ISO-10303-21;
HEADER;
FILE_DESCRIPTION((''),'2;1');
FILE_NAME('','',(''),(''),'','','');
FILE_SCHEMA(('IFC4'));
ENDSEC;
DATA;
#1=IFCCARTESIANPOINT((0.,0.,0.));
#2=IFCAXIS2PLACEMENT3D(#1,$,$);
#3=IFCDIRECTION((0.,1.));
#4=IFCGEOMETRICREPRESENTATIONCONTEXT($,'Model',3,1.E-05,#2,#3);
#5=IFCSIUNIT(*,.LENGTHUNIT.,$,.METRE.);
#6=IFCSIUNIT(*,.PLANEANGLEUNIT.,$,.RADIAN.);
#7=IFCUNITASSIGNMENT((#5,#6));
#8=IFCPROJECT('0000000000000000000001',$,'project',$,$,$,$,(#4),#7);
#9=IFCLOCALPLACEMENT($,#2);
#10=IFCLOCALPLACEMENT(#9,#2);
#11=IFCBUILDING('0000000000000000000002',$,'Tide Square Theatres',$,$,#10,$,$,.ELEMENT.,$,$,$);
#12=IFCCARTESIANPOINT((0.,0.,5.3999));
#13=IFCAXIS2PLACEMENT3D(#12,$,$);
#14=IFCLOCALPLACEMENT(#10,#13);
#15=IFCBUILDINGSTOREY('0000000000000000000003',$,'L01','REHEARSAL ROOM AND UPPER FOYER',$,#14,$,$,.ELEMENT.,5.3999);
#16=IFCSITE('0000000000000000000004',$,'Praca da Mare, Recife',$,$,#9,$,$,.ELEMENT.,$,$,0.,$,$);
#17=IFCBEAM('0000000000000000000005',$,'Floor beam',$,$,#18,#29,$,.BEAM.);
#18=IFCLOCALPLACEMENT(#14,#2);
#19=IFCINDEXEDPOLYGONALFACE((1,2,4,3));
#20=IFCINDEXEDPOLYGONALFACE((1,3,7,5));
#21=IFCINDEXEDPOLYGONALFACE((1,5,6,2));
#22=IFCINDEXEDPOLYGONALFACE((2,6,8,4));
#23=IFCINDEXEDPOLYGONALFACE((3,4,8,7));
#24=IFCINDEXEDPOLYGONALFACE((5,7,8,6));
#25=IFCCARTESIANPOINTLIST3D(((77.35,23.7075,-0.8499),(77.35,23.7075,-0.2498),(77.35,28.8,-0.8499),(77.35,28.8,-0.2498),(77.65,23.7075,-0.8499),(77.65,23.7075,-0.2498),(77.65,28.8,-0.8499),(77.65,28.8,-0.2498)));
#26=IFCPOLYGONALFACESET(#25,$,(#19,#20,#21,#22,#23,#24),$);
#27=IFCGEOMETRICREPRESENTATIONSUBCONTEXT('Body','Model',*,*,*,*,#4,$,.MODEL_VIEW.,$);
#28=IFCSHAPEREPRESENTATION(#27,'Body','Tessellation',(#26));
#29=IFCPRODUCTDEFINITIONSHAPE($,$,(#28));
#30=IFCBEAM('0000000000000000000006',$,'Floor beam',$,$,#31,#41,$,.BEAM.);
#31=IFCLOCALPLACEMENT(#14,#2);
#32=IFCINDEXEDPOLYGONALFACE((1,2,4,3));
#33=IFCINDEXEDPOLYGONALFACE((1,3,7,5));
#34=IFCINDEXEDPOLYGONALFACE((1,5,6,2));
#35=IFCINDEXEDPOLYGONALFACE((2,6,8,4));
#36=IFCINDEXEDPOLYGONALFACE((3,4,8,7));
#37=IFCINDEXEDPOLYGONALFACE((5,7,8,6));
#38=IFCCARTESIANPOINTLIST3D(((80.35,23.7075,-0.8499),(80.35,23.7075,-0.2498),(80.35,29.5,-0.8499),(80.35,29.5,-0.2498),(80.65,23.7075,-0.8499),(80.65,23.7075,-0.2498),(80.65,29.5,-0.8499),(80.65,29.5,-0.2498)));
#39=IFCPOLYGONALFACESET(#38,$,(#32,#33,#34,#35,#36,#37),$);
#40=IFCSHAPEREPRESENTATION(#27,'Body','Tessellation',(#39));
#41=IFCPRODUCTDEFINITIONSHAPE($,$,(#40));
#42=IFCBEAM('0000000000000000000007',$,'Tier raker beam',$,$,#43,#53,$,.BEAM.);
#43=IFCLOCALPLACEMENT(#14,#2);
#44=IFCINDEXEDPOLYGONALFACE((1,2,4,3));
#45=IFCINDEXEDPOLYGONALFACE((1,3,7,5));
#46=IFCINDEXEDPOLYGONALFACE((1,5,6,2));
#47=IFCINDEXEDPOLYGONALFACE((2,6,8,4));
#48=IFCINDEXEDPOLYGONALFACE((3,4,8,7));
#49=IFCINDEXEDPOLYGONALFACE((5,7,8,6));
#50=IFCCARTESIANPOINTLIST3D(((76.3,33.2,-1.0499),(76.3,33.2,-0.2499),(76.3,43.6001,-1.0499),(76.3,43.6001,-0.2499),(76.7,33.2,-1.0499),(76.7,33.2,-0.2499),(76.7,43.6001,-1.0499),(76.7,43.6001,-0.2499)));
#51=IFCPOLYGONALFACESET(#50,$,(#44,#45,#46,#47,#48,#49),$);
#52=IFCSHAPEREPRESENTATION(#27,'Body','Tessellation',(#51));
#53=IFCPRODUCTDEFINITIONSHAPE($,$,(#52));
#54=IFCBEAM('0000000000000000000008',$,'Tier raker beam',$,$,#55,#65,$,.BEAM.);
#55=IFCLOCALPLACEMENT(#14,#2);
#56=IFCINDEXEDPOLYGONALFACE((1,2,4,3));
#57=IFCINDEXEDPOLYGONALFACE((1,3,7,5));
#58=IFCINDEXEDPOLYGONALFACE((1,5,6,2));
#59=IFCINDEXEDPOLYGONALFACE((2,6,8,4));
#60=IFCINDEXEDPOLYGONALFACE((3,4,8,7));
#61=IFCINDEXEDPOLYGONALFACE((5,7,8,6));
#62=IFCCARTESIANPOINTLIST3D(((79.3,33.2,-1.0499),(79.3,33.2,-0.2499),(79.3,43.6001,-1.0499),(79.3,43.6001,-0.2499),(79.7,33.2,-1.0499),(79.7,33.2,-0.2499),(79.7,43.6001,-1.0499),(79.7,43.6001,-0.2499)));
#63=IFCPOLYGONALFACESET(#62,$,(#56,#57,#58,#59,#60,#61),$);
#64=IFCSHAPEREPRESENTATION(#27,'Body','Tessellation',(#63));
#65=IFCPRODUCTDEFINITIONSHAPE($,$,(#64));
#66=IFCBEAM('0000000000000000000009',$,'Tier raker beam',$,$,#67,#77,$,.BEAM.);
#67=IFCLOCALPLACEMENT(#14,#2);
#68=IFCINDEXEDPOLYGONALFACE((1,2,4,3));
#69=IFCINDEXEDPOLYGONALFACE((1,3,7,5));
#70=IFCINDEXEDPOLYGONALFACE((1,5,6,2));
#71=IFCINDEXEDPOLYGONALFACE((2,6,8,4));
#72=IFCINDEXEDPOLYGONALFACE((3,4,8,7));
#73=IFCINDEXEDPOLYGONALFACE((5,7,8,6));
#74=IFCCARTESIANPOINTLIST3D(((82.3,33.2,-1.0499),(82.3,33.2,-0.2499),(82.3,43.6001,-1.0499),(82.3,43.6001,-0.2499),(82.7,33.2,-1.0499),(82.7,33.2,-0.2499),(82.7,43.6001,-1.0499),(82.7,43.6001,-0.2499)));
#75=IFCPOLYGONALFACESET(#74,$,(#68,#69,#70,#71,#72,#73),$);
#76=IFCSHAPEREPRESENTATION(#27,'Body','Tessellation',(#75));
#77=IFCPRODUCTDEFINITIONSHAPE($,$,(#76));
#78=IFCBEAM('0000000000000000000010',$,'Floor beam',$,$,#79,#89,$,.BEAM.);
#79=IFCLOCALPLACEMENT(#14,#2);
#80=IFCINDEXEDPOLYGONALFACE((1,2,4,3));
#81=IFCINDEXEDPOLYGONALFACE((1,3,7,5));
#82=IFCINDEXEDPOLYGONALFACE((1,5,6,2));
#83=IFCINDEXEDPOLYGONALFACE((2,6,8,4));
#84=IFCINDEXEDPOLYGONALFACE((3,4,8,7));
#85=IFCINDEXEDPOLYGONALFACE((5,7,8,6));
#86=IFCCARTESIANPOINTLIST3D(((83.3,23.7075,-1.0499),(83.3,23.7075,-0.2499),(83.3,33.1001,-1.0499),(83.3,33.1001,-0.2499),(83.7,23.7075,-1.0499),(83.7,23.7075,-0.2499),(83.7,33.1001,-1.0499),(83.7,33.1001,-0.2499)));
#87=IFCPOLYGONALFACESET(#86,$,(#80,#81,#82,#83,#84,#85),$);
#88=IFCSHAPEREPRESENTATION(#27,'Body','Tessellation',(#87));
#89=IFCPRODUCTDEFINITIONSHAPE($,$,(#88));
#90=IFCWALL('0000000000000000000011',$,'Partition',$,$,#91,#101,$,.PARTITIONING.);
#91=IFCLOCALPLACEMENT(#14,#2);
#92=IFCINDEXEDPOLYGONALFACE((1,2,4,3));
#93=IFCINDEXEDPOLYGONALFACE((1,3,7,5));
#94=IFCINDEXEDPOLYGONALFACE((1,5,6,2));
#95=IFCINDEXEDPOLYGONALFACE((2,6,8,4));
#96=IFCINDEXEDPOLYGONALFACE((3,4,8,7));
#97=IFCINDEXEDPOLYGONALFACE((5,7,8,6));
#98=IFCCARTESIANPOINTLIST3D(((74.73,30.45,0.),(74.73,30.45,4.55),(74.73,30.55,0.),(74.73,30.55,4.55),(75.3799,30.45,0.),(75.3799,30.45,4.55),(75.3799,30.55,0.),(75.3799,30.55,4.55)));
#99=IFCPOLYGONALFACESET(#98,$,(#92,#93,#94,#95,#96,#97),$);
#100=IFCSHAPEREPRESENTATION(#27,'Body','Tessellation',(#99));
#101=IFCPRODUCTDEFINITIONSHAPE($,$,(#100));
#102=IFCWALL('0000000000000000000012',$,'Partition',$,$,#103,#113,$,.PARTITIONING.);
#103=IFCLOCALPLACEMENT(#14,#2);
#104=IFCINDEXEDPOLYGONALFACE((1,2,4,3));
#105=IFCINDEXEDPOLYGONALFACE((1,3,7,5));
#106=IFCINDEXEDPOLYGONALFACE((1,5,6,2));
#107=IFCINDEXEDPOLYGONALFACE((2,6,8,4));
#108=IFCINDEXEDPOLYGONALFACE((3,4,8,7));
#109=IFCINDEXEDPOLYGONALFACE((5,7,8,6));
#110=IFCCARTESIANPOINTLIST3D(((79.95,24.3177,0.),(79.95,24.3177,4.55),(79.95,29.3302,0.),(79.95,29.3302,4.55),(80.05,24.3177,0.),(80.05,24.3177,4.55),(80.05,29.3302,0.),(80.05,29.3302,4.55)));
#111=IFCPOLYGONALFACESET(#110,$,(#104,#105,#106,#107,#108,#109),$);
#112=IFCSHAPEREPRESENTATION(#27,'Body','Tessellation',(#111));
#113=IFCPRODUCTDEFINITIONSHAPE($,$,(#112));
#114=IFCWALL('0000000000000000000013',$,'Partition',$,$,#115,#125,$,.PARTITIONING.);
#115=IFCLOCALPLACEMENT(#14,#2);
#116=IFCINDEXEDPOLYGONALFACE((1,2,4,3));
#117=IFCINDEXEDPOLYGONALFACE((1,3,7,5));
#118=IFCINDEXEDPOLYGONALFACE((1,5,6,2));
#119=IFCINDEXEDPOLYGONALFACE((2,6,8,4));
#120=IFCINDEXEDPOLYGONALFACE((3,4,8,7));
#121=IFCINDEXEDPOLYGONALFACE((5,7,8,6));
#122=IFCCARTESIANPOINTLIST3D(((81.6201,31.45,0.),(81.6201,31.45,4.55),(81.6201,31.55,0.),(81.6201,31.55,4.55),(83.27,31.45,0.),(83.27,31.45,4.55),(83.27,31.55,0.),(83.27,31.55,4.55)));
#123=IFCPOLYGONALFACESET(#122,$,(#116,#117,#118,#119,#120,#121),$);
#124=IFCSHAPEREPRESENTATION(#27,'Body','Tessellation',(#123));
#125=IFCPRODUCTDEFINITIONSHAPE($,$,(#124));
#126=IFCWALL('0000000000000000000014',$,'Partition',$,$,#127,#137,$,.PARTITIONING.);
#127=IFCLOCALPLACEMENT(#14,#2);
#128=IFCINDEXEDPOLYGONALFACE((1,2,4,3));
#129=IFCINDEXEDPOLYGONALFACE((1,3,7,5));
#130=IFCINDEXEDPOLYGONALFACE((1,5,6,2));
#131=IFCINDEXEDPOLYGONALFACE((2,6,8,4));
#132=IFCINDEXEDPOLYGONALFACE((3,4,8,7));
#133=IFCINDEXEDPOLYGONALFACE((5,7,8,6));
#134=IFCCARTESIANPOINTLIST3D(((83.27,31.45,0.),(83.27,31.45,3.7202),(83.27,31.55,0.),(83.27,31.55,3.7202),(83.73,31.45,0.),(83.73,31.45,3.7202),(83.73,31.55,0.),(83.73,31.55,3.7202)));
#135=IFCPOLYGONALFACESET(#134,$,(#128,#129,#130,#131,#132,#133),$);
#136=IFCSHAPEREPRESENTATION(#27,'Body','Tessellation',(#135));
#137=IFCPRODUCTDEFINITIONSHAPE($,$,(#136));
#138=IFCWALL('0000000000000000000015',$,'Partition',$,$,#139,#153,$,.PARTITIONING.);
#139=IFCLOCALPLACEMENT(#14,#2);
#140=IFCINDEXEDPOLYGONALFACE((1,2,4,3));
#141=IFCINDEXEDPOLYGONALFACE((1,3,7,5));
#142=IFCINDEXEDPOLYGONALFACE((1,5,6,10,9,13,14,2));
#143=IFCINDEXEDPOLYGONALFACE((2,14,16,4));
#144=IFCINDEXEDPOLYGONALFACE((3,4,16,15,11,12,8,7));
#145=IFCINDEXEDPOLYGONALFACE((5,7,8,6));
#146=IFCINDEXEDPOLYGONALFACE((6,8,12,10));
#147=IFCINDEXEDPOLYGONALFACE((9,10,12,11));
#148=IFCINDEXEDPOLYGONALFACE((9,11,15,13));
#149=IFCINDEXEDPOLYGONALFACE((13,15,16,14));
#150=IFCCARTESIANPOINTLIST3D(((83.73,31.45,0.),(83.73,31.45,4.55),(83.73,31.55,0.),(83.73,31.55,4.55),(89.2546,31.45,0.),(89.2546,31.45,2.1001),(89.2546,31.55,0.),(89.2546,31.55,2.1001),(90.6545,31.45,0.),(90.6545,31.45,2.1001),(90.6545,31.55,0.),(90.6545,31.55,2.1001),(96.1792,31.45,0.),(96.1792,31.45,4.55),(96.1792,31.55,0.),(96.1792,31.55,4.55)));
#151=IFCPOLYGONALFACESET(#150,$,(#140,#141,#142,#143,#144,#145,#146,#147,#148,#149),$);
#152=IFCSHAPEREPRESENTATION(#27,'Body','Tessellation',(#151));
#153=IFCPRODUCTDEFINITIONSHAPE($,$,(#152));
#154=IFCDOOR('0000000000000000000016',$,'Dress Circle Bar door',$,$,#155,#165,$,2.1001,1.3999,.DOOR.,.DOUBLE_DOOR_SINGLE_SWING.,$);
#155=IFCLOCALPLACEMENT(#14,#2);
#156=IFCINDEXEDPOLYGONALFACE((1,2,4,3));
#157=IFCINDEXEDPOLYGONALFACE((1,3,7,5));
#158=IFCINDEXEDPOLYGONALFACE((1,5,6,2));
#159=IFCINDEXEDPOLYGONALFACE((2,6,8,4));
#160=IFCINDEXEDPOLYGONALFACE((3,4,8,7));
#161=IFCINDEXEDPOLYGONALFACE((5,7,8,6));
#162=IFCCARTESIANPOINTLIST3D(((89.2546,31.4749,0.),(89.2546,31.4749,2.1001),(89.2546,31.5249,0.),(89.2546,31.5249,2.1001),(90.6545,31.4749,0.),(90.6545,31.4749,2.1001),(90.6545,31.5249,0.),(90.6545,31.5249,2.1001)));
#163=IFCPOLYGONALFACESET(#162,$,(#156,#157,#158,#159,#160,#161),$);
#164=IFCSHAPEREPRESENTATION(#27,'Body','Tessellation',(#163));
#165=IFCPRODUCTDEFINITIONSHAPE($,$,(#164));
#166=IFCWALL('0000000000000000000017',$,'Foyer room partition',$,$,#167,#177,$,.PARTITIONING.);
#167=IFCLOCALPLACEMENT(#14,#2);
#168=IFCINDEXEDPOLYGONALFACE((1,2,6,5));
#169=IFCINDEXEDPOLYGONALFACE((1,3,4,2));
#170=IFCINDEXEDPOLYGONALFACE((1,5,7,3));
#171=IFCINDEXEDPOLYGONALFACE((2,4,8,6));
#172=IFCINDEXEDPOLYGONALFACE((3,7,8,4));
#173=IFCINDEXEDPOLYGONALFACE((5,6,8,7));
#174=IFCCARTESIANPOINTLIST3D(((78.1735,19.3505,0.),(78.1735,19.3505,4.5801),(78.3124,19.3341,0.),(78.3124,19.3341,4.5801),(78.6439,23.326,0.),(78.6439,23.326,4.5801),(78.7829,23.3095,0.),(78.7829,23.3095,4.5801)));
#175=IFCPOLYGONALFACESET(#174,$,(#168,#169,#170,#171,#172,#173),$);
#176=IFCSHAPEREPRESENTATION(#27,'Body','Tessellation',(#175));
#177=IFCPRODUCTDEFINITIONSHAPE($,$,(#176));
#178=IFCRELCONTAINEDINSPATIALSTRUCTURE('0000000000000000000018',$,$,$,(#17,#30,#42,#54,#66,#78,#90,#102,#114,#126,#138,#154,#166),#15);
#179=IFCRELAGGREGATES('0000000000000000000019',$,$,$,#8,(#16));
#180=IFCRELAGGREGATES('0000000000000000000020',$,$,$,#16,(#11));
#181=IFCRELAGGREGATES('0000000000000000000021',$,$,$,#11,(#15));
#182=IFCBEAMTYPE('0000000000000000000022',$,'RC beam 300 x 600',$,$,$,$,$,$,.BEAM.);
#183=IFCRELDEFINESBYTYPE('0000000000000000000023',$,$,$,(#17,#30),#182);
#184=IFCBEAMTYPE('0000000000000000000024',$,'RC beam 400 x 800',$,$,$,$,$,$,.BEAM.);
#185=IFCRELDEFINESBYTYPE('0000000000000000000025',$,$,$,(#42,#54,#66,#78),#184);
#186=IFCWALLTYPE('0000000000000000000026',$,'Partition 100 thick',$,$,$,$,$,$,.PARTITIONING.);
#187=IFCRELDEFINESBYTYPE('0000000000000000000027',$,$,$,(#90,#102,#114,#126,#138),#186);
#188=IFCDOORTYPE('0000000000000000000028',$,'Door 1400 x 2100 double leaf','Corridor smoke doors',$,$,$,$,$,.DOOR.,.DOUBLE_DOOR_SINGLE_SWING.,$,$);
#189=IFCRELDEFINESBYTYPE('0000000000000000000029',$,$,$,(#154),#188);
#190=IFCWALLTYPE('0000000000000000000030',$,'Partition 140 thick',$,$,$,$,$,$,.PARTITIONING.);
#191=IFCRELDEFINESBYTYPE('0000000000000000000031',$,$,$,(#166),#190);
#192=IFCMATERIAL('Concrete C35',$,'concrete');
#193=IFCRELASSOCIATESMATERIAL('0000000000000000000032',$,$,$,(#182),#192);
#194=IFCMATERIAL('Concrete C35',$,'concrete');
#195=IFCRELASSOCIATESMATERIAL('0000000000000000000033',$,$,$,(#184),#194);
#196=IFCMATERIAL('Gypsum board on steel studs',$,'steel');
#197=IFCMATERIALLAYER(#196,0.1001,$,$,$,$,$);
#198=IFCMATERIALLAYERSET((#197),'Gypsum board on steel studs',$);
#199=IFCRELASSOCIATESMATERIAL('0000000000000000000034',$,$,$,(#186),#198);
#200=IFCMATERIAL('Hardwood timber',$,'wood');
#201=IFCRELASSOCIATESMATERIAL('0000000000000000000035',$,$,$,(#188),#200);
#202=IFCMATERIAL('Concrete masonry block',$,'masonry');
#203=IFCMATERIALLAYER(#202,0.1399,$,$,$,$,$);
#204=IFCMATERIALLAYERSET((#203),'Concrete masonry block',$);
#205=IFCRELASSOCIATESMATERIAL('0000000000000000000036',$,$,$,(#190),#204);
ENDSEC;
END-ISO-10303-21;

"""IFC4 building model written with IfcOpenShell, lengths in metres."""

from ifc_helpers import new_model, si_unit, direction, frame, frame_2d, origin, origin_2d, place, context, subcontext, project, spatial, rectangle, extrude, material, layer, layer_set, material_profile, profile_set, type_object, element, fill, save


model = new_model("IFC4")

# Units and contexts
model_context = context("Model", 3, precision=1e-05, world=origin(), true_north=direction((0.0, 1.0)))
body_context = subcontext(model_context, "Body", "Model", "MODEL_VIEW")
ifc_project = project(units=[si_unit("LENGTHUNIT", "METRE"), si_unit("PLANEANGLEUNIT", "RADIAN")], contexts=[model_context])

# Site, building, storey
site_placement = place(None, origin())
site = spatial("IfcSite", under=ifc_project, at=site_placement, Name="Praca da Mare, Recife", CompositionType="ELEMENT", RefElevation=0.0)
building_placement = place(site_placement, origin())
building = spatial("IfcBuilding", under=site, at=building_placement, Name="Tide Square Theatres", CompositionType="ELEMENT")
storey_placement = place(building_placement, frame((0.0, 0.0, 5.3999)))
storey = spatial("IfcBuildingStorey", under=building, at=storey_placement, Name="L01", Description="REHEARSAL ROOM AND UPPER FOYER", CompositionType="ELEMENT", Elevation=5.3999)

# Beams
ifc_material_1 = material(Name="Concrete C35", Category="concrete")
ifc_material_profile_1 = material_profile(ifc_material_1, rectangle(XDim=0.3, YDim=0.6001, at=origin_2d()))
ifc_profile_set_1 = profile_set([ifc_material_profile_1], Name="Concrete C35")
beam_type_1 = type_object("IfcBeamType", Name="RC beam 300 x 600", PredefinedType="BEAM", material=ifc_profile_set_1)
beam_1_placement = place(storey_placement, frame((77.5, 23.7075, -0.5498), z_axis=(0.0, 1.0, 0.0), x_axis=(-1.0, 0.0, 0.0)))
element("IfcBeam", 1, at=beam_1_placement, inside=storey, type_object=beam_type_1, Name="Floor beam", PredefinedType="BEAM", context=body_context, shape_type="SweptSolid", body=[
    extrude(rectangle(XDim=0.3, YDim=0.6001, at=origin_2d()), origin(), (0.0, 0.0, 1.0), 5.0925),
])
beam_2_placement = place(storey_placement, frame((80.5, 23.7075, -0.5498), z_axis=(0.0, 1.0, 0.0), x_axis=(-1.0, 0.0, 0.0)))
element("IfcBeam", 2, at=beam_2_placement, inside=storey, type_object=beam_type_1, Name="Floor beam", PredefinedType="BEAM", context=body_context, shape_type="SweptSolid", body=[
    extrude(rectangle(XDim=0.3, YDim=0.6001, at=origin_2d()), origin(), (0.0, 0.0, 1.0), 5.7925),
])
ifc_material_2 = material(Name="Concrete C35", Category="concrete")
ifc_material_profile_2 = material_profile(ifc_material_2, rectangle(XDim=0.3999, YDim=0.8, at=origin_2d()))
ifc_profile_set_2 = profile_set([ifc_material_profile_2], Name="Concrete C35")
beam_type_2 = type_object("IfcBeamType", Name="RC beam 400 x 800", PredefinedType="BEAM", material=ifc_profile_set_2)
for number, where, z_axis, x_axis, name in (
    (3, (76.5, 33.2, -0.6499), (0.0, 1.0, 0.0), (-1.0, 0.0, 0.0), "Tier raker beam"),
    (4, (79.5, 33.2, -0.6499), (0.0, 1.0, 0.0), (-1.0, 0.0, 0.0), "Tier raker beam"),
    (5, (82.5, 33.2, -0.6499), (0.0, 1.0, 0.0), (-1.0, 0.0, 0.0), "Tier raker beam"),
):
    element("IfcBeam", number, at=place(storey_placement, frame(where, z_axis=z_axis, x_axis=x_axis)), inside=storey, type_object=beam_type_2, Name=name, PredefinedType="BEAM", context=body_context, shape_type="SweptSolid", body=[
        extrude(rectangle(XDim=0.3999, YDim=0.8, at=origin_2d()), origin(), (0.0, 0.0, 1.0), 10.4001),
    ])
beam_3_placement = place(storey_placement, frame((83.5, 23.7075, -0.6499), z_axis=(0.0, 1.0, 0.0), x_axis=(-1.0, 0.0, 0.0)))
element("IfcBeam", 6, at=beam_3_placement, inside=storey, type_object=beam_type_2, Name="Floor beam", PredefinedType="BEAM", context=body_context, shape_type="SweptSolid", body=[
    extrude(rectangle(XDim=0.3999, YDim=0.8, at=origin_2d()), origin(), (0.0, 0.0, 1.0), 9.3926),
])

# Walls
ifc_material_3 = material(Name="Gypsum board on steel studs", Category="steel")
ifc_layer_1 = layer(ifc_material_3, 0.1001)
ifc_layer_set_1 = layer_set([ifc_layer_1], Name="Gypsum board on steel studs")
wall_type_1 = type_object("IfcWallType", Name="Partition 100 thick", PredefinedType="PARTITIONING", material=ifc_layer_set_1)
wall_1_placement = place(storey_placement, frame((75.3799, 30.5, 0.0), z_axis=(0.0, 0.0, 1.0), x_axis=(-1.0, 0.0, 0.0)))
element("IfcWall", 7, at=wall_1_placement, inside=storey, type_object=wall_type_1, Name="Partition", PredefinedType="PARTITIONING", context=body_context, shape_type="SweptSolid", body=[
    extrude(rectangle(XDim=0.6499, YDim=0.1001, at=frame_2d((0.325, 0.0))), origin(), (0.0, 0.0, 1.0), 4.55),
])
wall_2_placement = place(storey_placement, frame((80.0, 24.3176, 0.0), z_axis=(0.0, 0.0, 1.0), x_axis=(0.0, 1.0, 0.0)))
element("IfcWall", 8, at=wall_2_placement, inside=storey, type_object=wall_type_1, Name="Partition", PredefinedType="PARTITIONING", context=body_context, shape_type="SweptSolid", body=[
    extrude(rectangle(XDim=5.0125, YDim=0.1001, at=frame_2d((2.5063, 0.0))), origin(), (0.0, 0.0, 1.0), 4.55),
])
wall_3_placement = place(storey_placement, frame((81.6201, 31.5, 0.0), z_axis=(0.0, 0.0, 1.0), x_axis=(1.0, 0.0, 0.0)))
element("IfcWall", 9, at=wall_3_placement, inside=storey, type_object=wall_type_1, Name="Partition", PredefinedType="PARTITIONING", context=body_context, shape_type="SweptSolid", body=[
    extrude(rectangle(XDim=1.6499, YDim=0.1001, at=frame_2d((0.825, 0.0))), origin(), (0.0, 0.0, 1.0), 4.55),
])
wall_4_placement = place(storey_placement, frame((83.27, 31.5, 0.0), z_axis=(0.0, 0.0, 1.0), x_axis=(1.0, 0.0, 0.0)))
element("IfcWall", 10, at=wall_4_placement, inside=storey, type_object=wall_type_1, Name="Partition", PredefinedType="PARTITIONING", context=body_context, shape_type="SweptSolid", body=[
    extrude(rectangle(XDim=0.46, YDim=0.1001, at=frame_2d((0.23, 0.0))), origin(), (0.0, 0.0, 1.0), 3.7202),
])

# Wall, opening, door
wall_5_placement = place(storey_placement, frame((83.73, 31.5, 0.0), z_axis=(0.0, 0.0, 1.0), x_axis=(1.0, 0.0, 0.0)))
wall_5 = element("IfcWall", 11, at=wall_5_placement, inside=storey, type_object=wall_type_1, Name="Partition", PredefinedType="PARTITIONING", context=body_context, shape_type="SweptSolid", body=[
    extrude(rectangle(XDim=12.4492, YDim=0.1001, at=frame_2d((6.2246, 0.0))), origin(), (0.0, 0.0, 1.0), 4.55),
])
opening_1_placement = place(wall_5_placement, frame((5.5247, 0.0, 0.0)))
opening_1 = element("IfcOpeningElement", 12, at=opening_1_placement, cuts=wall_5, PredefinedType="OPENING", context=body_context, shape_type="SweptSolid", body=[
    extrude(rectangle(XDim=1.3999, YDim=2.1001, at=frame_2d((0.7, 1.05))), frame((0.0, 0.0601, 0.0), z_axis=(0.0, -1.0, 0.0), x_axis=(1.0, 0.0, 0.0)), (0.0, 0.0, 1.0), 0.1201),
])
ifc_material_4 = material(Name="Hardwood timber", Category="wood")
door_type_1 = type_object("IfcDoorType", Name="Door 1400 x 2100 double leaf", Description="Corridor smoke doors", OperationType="DOUBLE_DOOR_SINGLE_SWING", PredefinedType="DOOR", material=ifc_material_4)
door_1_placement = place(opening_1_placement, origin())
door_1 = element("IfcDoor", 13, at=door_1_placement, inside=storey, type_object=door_type_1, Name="Dress Circle Bar door", OperationType="DOUBLE_DOOR_SINGLE_SWING", OverallHeight=2.1001, OverallWidth=1.3999, PredefinedType="DOOR", context=body_context, shape_type="SweptSolid", body=[
    extrude(rectangle(XDim=1.3999, YDim=2.1001, at=frame_2d((0.7, 1.05))), frame((0.0, 0.0249, 0.0), z_axis=(0.0, -1.0, 0.0), x_axis=(1.0, 0.0, 0.0)), (0.0, 0.0, 1.0), 0.05),
])
fill(opening_1, door_1)

# Wall
ifc_material_5 = material(Name="Concrete masonry block", Category="masonry")
ifc_layer_2 = layer(ifc_material_5, 0.1399)
ifc_layer_set_2 = layer_set([ifc_layer_2], Name="Concrete masonry block")
wall_type_2 = type_object("IfcWallType", Name="Partition 140 thick", PredefinedType="PARTITIONING", material=ifc_layer_set_2)
wall_6_placement = place(storey_placement, frame((78.7134, 23.3176, 0.0), z_axis=(0.0, 0.0, 1.0), x_axis=(-0.117524, -0.99307, 0.0)))
element("IfcWall", 14, at=wall_6_placement, inside=storey, type_object=wall_type_2, Name="Foyer room partition", PredefinedType="PARTITIONING", context=body_context, shape_type="SweptSolid", body=[
    extrude(rectangle(XDim=4.0032, YDim=0.1399, at=frame_2d((2.0015, 0.0))), origin(), (0.0, 0.0, 1.0), 4.5801),
])

save(model, "model.ifc")
